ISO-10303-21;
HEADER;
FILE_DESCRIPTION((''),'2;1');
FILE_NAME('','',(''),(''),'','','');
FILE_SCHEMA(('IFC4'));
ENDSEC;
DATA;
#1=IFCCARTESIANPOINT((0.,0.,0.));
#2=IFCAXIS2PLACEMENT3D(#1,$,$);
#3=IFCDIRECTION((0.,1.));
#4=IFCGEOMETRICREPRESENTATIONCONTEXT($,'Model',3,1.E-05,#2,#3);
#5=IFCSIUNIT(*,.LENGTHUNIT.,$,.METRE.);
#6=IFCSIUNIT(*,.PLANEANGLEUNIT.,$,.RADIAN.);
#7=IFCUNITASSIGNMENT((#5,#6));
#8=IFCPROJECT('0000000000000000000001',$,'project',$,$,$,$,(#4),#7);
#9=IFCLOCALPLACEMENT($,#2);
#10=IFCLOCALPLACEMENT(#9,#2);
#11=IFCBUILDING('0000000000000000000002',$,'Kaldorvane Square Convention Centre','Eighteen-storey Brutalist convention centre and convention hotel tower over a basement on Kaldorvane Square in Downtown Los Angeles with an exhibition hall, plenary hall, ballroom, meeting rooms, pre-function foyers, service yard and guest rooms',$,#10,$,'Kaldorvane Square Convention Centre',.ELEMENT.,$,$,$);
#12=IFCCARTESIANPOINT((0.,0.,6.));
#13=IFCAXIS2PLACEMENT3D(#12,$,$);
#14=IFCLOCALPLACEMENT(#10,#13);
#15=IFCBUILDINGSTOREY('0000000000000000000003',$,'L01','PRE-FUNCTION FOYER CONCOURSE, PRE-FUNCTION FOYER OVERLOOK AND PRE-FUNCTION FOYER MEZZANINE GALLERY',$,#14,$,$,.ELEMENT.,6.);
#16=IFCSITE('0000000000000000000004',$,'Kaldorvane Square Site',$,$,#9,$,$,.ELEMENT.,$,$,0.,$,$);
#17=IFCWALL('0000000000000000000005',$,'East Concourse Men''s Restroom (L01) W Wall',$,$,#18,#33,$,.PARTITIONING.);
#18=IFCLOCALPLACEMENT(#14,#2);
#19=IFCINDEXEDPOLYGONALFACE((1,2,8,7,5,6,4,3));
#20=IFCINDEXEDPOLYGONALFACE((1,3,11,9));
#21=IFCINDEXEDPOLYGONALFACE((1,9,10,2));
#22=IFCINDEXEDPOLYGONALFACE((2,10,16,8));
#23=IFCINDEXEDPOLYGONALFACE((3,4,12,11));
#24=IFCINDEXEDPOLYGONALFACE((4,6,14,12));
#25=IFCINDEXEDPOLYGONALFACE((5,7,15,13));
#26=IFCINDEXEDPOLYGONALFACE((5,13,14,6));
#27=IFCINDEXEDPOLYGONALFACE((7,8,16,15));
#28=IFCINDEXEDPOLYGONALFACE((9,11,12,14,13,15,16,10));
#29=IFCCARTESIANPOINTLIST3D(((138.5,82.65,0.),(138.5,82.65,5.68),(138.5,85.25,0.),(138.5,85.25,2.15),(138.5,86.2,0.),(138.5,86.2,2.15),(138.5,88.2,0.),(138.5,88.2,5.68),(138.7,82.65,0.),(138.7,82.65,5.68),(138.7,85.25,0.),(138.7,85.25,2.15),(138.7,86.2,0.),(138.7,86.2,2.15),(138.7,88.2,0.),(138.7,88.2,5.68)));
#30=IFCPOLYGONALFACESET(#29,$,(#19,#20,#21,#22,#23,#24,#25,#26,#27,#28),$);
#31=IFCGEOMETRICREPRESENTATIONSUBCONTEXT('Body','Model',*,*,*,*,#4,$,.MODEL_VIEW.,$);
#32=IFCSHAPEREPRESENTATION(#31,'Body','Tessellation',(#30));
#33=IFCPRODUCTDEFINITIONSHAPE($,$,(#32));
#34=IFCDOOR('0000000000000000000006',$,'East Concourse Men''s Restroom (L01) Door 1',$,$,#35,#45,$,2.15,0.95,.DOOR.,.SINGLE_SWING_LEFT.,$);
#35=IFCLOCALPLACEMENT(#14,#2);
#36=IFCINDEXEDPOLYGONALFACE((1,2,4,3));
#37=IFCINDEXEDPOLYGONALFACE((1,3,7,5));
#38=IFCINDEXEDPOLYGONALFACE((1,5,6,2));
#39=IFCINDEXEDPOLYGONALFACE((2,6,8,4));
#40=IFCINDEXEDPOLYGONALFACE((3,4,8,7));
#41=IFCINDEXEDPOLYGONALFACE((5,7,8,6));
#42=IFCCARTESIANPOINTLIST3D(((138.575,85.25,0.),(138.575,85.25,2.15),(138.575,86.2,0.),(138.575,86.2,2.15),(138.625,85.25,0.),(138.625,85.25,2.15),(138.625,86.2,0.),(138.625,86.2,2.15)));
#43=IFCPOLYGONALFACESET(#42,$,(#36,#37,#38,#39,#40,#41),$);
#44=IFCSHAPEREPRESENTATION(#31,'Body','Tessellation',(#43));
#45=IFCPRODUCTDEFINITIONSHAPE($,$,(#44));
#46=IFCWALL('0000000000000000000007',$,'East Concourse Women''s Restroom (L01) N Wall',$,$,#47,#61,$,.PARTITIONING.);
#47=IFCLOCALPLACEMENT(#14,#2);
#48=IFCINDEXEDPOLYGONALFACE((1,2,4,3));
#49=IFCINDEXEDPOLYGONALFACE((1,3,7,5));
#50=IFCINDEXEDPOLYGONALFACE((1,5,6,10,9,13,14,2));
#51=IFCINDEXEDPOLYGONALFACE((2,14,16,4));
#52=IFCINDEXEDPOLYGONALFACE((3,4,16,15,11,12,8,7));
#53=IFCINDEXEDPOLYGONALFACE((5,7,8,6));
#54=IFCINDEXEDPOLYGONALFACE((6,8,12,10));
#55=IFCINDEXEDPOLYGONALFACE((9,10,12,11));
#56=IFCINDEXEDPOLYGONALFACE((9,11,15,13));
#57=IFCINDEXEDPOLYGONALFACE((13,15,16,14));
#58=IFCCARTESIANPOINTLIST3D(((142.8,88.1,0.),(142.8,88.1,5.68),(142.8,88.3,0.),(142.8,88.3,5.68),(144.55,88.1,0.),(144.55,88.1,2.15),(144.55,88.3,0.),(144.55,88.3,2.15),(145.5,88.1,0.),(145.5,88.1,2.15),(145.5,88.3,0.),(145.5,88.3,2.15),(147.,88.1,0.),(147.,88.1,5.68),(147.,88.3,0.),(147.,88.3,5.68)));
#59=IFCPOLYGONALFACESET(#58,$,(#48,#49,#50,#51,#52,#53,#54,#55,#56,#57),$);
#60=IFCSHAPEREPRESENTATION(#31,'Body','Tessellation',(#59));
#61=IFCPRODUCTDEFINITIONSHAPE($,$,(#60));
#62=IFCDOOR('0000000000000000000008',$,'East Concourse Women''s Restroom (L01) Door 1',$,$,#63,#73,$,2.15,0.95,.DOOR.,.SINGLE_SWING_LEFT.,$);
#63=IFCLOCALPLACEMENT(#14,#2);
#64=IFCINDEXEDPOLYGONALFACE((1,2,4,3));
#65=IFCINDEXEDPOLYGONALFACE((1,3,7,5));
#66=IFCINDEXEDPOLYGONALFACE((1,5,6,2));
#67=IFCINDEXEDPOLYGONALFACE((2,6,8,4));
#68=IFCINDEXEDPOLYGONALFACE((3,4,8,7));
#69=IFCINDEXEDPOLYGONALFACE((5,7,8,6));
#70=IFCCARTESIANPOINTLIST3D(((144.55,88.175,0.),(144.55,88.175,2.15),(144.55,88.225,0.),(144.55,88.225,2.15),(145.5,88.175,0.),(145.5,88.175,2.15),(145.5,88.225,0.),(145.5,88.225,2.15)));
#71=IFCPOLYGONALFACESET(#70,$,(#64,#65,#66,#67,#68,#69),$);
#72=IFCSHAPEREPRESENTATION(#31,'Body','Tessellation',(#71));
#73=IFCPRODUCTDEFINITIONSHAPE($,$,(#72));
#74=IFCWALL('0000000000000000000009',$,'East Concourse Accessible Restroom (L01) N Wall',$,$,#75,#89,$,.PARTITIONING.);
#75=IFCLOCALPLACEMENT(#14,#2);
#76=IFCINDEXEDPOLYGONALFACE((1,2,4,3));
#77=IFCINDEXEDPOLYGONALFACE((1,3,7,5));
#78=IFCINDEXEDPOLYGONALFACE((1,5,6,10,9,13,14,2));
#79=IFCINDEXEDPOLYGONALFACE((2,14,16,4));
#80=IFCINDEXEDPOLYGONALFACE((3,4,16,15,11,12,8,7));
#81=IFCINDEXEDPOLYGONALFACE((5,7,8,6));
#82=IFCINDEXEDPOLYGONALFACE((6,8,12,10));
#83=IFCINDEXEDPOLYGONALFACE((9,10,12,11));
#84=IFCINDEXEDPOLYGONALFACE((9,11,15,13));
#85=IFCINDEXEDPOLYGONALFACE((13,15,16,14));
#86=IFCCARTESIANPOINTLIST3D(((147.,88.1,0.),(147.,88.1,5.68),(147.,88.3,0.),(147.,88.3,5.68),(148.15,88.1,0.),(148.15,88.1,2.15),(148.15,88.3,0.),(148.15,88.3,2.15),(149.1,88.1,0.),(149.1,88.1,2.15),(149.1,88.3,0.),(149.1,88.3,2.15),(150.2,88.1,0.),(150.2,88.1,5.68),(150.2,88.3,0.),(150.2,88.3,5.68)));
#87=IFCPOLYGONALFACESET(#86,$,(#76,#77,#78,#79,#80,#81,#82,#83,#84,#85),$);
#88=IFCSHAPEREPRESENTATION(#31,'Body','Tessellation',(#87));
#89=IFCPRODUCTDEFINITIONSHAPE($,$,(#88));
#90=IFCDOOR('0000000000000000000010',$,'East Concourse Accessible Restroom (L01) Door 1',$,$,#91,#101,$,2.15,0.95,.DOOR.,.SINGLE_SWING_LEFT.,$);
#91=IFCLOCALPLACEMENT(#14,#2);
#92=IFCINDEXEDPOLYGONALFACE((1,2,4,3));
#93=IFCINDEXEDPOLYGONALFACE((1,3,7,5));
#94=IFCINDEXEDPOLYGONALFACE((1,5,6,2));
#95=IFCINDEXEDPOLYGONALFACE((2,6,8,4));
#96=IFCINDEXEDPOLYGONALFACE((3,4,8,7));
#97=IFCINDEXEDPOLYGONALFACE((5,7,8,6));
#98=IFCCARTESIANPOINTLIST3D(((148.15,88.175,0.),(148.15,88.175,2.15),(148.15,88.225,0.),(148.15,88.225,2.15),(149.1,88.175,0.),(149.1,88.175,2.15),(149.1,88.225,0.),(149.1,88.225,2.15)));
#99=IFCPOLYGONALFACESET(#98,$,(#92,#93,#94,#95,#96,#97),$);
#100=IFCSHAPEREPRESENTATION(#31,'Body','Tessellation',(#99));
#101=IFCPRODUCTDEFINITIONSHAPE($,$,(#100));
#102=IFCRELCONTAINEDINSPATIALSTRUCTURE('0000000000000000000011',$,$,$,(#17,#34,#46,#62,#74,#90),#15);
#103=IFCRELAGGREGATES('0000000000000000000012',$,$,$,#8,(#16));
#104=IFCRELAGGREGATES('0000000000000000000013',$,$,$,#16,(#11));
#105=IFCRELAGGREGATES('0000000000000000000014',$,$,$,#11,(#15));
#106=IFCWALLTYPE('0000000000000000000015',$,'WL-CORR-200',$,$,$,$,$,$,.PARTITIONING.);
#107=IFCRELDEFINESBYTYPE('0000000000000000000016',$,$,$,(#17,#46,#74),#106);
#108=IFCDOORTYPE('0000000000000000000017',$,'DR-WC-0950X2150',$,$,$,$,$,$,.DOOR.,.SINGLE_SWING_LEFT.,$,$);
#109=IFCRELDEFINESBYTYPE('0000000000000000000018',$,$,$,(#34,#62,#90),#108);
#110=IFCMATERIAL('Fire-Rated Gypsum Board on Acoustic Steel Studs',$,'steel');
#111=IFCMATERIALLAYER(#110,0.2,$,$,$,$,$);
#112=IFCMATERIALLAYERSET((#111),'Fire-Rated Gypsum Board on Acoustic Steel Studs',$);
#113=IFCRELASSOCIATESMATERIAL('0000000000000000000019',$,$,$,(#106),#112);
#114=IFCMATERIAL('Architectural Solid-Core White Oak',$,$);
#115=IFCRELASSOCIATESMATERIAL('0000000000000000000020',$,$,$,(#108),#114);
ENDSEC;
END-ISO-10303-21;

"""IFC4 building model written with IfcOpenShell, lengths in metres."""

from ifc_helpers import new_model, si_unit, direction, frame, frame_2d, origin, place, context, subcontext, project, spatial, rectangle, extrude, material, layer, layer_set, type_object, element, fill, save


model = new_model("IFC4")

# Units and contexts
model_context = context("Model", 3, precision=1e-05, world=origin(), true_north=direction((0.0, 1.0)))
body_context = subcontext(model_context, "Body", "Model", "MODEL_VIEW")
ifc_project = project(units=[si_unit("LENGTHUNIT", "METRE"), si_unit("PLANEANGLEUNIT", "RADIAN")], contexts=[model_context])

# Site, building, storey
site_placement = place(None, origin())
site = spatial("IfcSite", under=ifc_project, at=site_placement, Name="Kaldorvane Square Site", CompositionType="ELEMENT", RefElevation=0.0)
building_placement = place(site_placement, origin())
building = spatial("IfcBuilding", under=site, at=building_placement, Name="Kaldorvane Square Convention Centre", Description="Eighteen-storey Brutalist convention centre and convention hotel tower over a basement on Kaldorvane Square in Downtown Los Angeles with an exhibition hall, plenary hall, ballroom, meeting rooms, pre-function foyers, service yard and guest rooms", LongName="Kaldorvane Square Convention Centre", CompositionType="ELEMENT")
storey_placement = place(building_placement, frame((0.0, 0.0, 6.0)))
storey = spatial("IfcBuildingStorey", under=building, at=storey_placement, Name="L01", Description="PRE-FUNCTION FOYER CONCOURSE, PRE-FUNCTION FOYER OVERLOOK AND PRE-FUNCTION FOYER MEZZANINE GALLERY", CompositionType="ELEMENT", Elevation=6.0)

# Shared definitions
ifc_material_1 = material(Name="Architectural Solid-Core White Oak")

# Shared definitions
ifc_material_2 = material(Name="Fire-Rated Gypsum Board on Acoustic Steel Studs", Category="steel")
ifc_layer_1 = layer(ifc_material_2, 0.2)
ifc_layer_set_1 = layer_set([ifc_layer_1], Name="Fire-Rated Gypsum Board on Acoustic Steel Studs")
wall_type_1 = type_object("IfcWallType", Name="WL-CORR-200", PredefinedType="PARTITIONING", material=ifc_layer_set_1)

# Walls, openings, doors
wall_1_placement = place(storey_placement, frame((138.6, 88.2, 0.0), z_axis=(0.0, 0.0, 1.0), x_axis=(0.0, -1.0, 0.0)))
wall_1 = element("IfcWall", 1, at=wall_1_placement, inside=storey, type_object=wall_type_1, Name="East Concourse Men's Restroom (L01) W Wall", PredefinedType="PARTITIONING", context=body_context, shape_type="SweptSolid", body=[
    extrude(rectangle(XDim=5.55, YDim=0.2, at=frame_2d((2.775, 0.0))), origin(), (0.0, 0.0, 1.0), 5.68),
])
opening_1_placement = place(wall_1_placement, frame((2.0, 0.0, 0.0)))
opening_1 = element("IfcOpeningElement", 2, at=opening_1_placement, cuts=wall_1, PredefinedType="OPENING", context=body_context, shape_type="SweptSolid", body=[
    extrude(rectangle(XDim=0.95, YDim=2.15, at=frame_2d((0.475, 1.075))), frame((0.0, 0.115, 0.0), z_axis=(0.0, -1.0, 0.0), x_axis=(1.0, 0.0, 0.0)), (0.0, 0.0, 1.0), 0.23),
])
door_type_1 = type_object("IfcDoorType", Name="DR-WC-0950X2150", OperationType="SINGLE_SWING_LEFT", PredefinedType="DOOR", material=ifc_material_1)
door_1_placement = place(opening_1_placement, origin())
door_1 = element("IfcDoor", 3, at=door_1_placement, inside=storey, type_object=door_type_1, Name="East Concourse Men's Restroom (L01) Door 1", OperationType="SINGLE_SWING_LEFT", OverallHeight=2.15, OverallWidth=0.95, PredefinedType="DOOR", context=body_context, shape_type="SweptSolid", body=[
    extrude(rectangle(XDim=0.95, YDim=2.15, at=frame_2d((0.475, 1.075))), frame((0.0, 0.025, 0.0), z_axis=(0.0, -1.0, 0.0), x_axis=(1.0, 0.0, 0.0)), (0.0, 0.0, 1.0), 0.05),
])
fill(opening_1, door_1)
wall_2_placement = place(storey_placement, frame((147.0, 88.2, 0.0), z_axis=(0.0, 0.0, 1.0), x_axis=(-1.0, 0.0, 0.0)))
wall_2 = element("IfcWall", 4, at=wall_2_placement, inside=storey, type_object=wall_type_1, Name="East Concourse Women's Restroom (L01) N Wall", PredefinedType="PARTITIONING", context=body_context, shape_type="SweptSolid", body=[
    extrude(rectangle(XDim=4.2, YDim=0.2, at=frame_2d((2.1, 0.0))), origin(), (0.0, 0.0, 1.0), 5.68),
])
opening_2_placement = place(wall_2_placement, frame((1.5, 0.0, 0.0)))
opening_2 = element("IfcOpeningElement", 5, at=opening_2_placement, cuts=wall_2, PredefinedType="OPENING", context=body_context, shape_type="SweptSolid", body=[
    extrude(rectangle(XDim=0.95, YDim=2.15, at=frame_2d((0.475, 1.075))), frame((0.0, 0.115, 0.0), z_axis=(0.0, -1.0, 0.0), x_axis=(1.0, 0.0, 0.0)), (0.0, 0.0, 1.0), 0.23),
])
door_2_placement = place(opening_2_placement, origin())
door_2 = element("IfcDoor", 6, at=door_2_placement, inside=storey, type_object=door_type_1, Name="East Concourse Women's Restroom (L01) Door 1", OperationType="SINGLE_SWING_LEFT", OverallHeight=2.15, OverallWidth=0.95, PredefinedType="DOOR", context=body_context, shape_type="SweptSolid", body=[
    extrude(rectangle(XDim=0.95, YDim=2.15, at=frame_2d((0.475, 1.075))), frame((0.0, 0.025, 0.0), z_axis=(0.0, -1.0, 0.0), x_axis=(1.0, 0.0, 0.0)), (0.0, 0.0, 1.0), 0.05),
])
fill(opening_2, door_2)
wall_3_placement = place(storey_placement, frame((150.2, 88.2, 0.0), z_axis=(0.0, 0.0, 1.0), x_axis=(-1.0, 0.0, 0.0)))
wall_3 = element("IfcWall", 7, at=wall_3_placement, inside=storey, type_object=wall_type_1, Name="East Concourse Accessible Restroom (L01) N Wall", PredefinedType="PARTITIONING", context=body_context, shape_type="SweptSolid", body=[
    extrude(rectangle(XDim=3.2, YDim=0.2, at=frame_2d((1.6, 0.0))), origin(), (0.0, 0.0, 1.0), 5.68),
])
opening_3_placement = place(wall_3_placement, frame((1.1, 0.0, 0.0)))
opening_3 = element("IfcOpeningElement", 8, at=opening_3_placement, cuts=wall_3, PredefinedType="OPENING", context=body_context, shape_type="SweptSolid", body=[
    extrude(rectangle(XDim=0.95, YDim=2.15, at=frame_2d((0.475, 1.075))), frame((0.0, 0.115, 0.0), z_axis=(0.0, -1.0, 0.0), x_axis=(1.0, 0.0, 0.0)), (0.0, 0.0, 1.0), 0.23),
])
door_3_placement = place(opening_3_placement, origin())
door_3 = element("IfcDoor", 9, at=door_3_placement, inside=storey, type_object=door_type_1, Name="East Concourse Accessible Restroom (L01) Door 1", OperationType="SINGLE_SWING_LEFT", OverallHeight=2.15, OverallWidth=0.95, PredefinedType="DOOR", context=body_context, shape_type="SweptSolid", body=[
    extrude(rectangle(XDim=0.95, YDim=2.15, at=frame_2d((0.475, 1.075))), frame((0.0, 0.025, 0.0), z_axis=(0.0, -1.0, 0.0), x_axis=(1.0, 0.0, 0.0)), (0.0, 0.0, 1.0), 0.05),
])
fill(opening_3, door_3)

save(model, "model.ifc")
